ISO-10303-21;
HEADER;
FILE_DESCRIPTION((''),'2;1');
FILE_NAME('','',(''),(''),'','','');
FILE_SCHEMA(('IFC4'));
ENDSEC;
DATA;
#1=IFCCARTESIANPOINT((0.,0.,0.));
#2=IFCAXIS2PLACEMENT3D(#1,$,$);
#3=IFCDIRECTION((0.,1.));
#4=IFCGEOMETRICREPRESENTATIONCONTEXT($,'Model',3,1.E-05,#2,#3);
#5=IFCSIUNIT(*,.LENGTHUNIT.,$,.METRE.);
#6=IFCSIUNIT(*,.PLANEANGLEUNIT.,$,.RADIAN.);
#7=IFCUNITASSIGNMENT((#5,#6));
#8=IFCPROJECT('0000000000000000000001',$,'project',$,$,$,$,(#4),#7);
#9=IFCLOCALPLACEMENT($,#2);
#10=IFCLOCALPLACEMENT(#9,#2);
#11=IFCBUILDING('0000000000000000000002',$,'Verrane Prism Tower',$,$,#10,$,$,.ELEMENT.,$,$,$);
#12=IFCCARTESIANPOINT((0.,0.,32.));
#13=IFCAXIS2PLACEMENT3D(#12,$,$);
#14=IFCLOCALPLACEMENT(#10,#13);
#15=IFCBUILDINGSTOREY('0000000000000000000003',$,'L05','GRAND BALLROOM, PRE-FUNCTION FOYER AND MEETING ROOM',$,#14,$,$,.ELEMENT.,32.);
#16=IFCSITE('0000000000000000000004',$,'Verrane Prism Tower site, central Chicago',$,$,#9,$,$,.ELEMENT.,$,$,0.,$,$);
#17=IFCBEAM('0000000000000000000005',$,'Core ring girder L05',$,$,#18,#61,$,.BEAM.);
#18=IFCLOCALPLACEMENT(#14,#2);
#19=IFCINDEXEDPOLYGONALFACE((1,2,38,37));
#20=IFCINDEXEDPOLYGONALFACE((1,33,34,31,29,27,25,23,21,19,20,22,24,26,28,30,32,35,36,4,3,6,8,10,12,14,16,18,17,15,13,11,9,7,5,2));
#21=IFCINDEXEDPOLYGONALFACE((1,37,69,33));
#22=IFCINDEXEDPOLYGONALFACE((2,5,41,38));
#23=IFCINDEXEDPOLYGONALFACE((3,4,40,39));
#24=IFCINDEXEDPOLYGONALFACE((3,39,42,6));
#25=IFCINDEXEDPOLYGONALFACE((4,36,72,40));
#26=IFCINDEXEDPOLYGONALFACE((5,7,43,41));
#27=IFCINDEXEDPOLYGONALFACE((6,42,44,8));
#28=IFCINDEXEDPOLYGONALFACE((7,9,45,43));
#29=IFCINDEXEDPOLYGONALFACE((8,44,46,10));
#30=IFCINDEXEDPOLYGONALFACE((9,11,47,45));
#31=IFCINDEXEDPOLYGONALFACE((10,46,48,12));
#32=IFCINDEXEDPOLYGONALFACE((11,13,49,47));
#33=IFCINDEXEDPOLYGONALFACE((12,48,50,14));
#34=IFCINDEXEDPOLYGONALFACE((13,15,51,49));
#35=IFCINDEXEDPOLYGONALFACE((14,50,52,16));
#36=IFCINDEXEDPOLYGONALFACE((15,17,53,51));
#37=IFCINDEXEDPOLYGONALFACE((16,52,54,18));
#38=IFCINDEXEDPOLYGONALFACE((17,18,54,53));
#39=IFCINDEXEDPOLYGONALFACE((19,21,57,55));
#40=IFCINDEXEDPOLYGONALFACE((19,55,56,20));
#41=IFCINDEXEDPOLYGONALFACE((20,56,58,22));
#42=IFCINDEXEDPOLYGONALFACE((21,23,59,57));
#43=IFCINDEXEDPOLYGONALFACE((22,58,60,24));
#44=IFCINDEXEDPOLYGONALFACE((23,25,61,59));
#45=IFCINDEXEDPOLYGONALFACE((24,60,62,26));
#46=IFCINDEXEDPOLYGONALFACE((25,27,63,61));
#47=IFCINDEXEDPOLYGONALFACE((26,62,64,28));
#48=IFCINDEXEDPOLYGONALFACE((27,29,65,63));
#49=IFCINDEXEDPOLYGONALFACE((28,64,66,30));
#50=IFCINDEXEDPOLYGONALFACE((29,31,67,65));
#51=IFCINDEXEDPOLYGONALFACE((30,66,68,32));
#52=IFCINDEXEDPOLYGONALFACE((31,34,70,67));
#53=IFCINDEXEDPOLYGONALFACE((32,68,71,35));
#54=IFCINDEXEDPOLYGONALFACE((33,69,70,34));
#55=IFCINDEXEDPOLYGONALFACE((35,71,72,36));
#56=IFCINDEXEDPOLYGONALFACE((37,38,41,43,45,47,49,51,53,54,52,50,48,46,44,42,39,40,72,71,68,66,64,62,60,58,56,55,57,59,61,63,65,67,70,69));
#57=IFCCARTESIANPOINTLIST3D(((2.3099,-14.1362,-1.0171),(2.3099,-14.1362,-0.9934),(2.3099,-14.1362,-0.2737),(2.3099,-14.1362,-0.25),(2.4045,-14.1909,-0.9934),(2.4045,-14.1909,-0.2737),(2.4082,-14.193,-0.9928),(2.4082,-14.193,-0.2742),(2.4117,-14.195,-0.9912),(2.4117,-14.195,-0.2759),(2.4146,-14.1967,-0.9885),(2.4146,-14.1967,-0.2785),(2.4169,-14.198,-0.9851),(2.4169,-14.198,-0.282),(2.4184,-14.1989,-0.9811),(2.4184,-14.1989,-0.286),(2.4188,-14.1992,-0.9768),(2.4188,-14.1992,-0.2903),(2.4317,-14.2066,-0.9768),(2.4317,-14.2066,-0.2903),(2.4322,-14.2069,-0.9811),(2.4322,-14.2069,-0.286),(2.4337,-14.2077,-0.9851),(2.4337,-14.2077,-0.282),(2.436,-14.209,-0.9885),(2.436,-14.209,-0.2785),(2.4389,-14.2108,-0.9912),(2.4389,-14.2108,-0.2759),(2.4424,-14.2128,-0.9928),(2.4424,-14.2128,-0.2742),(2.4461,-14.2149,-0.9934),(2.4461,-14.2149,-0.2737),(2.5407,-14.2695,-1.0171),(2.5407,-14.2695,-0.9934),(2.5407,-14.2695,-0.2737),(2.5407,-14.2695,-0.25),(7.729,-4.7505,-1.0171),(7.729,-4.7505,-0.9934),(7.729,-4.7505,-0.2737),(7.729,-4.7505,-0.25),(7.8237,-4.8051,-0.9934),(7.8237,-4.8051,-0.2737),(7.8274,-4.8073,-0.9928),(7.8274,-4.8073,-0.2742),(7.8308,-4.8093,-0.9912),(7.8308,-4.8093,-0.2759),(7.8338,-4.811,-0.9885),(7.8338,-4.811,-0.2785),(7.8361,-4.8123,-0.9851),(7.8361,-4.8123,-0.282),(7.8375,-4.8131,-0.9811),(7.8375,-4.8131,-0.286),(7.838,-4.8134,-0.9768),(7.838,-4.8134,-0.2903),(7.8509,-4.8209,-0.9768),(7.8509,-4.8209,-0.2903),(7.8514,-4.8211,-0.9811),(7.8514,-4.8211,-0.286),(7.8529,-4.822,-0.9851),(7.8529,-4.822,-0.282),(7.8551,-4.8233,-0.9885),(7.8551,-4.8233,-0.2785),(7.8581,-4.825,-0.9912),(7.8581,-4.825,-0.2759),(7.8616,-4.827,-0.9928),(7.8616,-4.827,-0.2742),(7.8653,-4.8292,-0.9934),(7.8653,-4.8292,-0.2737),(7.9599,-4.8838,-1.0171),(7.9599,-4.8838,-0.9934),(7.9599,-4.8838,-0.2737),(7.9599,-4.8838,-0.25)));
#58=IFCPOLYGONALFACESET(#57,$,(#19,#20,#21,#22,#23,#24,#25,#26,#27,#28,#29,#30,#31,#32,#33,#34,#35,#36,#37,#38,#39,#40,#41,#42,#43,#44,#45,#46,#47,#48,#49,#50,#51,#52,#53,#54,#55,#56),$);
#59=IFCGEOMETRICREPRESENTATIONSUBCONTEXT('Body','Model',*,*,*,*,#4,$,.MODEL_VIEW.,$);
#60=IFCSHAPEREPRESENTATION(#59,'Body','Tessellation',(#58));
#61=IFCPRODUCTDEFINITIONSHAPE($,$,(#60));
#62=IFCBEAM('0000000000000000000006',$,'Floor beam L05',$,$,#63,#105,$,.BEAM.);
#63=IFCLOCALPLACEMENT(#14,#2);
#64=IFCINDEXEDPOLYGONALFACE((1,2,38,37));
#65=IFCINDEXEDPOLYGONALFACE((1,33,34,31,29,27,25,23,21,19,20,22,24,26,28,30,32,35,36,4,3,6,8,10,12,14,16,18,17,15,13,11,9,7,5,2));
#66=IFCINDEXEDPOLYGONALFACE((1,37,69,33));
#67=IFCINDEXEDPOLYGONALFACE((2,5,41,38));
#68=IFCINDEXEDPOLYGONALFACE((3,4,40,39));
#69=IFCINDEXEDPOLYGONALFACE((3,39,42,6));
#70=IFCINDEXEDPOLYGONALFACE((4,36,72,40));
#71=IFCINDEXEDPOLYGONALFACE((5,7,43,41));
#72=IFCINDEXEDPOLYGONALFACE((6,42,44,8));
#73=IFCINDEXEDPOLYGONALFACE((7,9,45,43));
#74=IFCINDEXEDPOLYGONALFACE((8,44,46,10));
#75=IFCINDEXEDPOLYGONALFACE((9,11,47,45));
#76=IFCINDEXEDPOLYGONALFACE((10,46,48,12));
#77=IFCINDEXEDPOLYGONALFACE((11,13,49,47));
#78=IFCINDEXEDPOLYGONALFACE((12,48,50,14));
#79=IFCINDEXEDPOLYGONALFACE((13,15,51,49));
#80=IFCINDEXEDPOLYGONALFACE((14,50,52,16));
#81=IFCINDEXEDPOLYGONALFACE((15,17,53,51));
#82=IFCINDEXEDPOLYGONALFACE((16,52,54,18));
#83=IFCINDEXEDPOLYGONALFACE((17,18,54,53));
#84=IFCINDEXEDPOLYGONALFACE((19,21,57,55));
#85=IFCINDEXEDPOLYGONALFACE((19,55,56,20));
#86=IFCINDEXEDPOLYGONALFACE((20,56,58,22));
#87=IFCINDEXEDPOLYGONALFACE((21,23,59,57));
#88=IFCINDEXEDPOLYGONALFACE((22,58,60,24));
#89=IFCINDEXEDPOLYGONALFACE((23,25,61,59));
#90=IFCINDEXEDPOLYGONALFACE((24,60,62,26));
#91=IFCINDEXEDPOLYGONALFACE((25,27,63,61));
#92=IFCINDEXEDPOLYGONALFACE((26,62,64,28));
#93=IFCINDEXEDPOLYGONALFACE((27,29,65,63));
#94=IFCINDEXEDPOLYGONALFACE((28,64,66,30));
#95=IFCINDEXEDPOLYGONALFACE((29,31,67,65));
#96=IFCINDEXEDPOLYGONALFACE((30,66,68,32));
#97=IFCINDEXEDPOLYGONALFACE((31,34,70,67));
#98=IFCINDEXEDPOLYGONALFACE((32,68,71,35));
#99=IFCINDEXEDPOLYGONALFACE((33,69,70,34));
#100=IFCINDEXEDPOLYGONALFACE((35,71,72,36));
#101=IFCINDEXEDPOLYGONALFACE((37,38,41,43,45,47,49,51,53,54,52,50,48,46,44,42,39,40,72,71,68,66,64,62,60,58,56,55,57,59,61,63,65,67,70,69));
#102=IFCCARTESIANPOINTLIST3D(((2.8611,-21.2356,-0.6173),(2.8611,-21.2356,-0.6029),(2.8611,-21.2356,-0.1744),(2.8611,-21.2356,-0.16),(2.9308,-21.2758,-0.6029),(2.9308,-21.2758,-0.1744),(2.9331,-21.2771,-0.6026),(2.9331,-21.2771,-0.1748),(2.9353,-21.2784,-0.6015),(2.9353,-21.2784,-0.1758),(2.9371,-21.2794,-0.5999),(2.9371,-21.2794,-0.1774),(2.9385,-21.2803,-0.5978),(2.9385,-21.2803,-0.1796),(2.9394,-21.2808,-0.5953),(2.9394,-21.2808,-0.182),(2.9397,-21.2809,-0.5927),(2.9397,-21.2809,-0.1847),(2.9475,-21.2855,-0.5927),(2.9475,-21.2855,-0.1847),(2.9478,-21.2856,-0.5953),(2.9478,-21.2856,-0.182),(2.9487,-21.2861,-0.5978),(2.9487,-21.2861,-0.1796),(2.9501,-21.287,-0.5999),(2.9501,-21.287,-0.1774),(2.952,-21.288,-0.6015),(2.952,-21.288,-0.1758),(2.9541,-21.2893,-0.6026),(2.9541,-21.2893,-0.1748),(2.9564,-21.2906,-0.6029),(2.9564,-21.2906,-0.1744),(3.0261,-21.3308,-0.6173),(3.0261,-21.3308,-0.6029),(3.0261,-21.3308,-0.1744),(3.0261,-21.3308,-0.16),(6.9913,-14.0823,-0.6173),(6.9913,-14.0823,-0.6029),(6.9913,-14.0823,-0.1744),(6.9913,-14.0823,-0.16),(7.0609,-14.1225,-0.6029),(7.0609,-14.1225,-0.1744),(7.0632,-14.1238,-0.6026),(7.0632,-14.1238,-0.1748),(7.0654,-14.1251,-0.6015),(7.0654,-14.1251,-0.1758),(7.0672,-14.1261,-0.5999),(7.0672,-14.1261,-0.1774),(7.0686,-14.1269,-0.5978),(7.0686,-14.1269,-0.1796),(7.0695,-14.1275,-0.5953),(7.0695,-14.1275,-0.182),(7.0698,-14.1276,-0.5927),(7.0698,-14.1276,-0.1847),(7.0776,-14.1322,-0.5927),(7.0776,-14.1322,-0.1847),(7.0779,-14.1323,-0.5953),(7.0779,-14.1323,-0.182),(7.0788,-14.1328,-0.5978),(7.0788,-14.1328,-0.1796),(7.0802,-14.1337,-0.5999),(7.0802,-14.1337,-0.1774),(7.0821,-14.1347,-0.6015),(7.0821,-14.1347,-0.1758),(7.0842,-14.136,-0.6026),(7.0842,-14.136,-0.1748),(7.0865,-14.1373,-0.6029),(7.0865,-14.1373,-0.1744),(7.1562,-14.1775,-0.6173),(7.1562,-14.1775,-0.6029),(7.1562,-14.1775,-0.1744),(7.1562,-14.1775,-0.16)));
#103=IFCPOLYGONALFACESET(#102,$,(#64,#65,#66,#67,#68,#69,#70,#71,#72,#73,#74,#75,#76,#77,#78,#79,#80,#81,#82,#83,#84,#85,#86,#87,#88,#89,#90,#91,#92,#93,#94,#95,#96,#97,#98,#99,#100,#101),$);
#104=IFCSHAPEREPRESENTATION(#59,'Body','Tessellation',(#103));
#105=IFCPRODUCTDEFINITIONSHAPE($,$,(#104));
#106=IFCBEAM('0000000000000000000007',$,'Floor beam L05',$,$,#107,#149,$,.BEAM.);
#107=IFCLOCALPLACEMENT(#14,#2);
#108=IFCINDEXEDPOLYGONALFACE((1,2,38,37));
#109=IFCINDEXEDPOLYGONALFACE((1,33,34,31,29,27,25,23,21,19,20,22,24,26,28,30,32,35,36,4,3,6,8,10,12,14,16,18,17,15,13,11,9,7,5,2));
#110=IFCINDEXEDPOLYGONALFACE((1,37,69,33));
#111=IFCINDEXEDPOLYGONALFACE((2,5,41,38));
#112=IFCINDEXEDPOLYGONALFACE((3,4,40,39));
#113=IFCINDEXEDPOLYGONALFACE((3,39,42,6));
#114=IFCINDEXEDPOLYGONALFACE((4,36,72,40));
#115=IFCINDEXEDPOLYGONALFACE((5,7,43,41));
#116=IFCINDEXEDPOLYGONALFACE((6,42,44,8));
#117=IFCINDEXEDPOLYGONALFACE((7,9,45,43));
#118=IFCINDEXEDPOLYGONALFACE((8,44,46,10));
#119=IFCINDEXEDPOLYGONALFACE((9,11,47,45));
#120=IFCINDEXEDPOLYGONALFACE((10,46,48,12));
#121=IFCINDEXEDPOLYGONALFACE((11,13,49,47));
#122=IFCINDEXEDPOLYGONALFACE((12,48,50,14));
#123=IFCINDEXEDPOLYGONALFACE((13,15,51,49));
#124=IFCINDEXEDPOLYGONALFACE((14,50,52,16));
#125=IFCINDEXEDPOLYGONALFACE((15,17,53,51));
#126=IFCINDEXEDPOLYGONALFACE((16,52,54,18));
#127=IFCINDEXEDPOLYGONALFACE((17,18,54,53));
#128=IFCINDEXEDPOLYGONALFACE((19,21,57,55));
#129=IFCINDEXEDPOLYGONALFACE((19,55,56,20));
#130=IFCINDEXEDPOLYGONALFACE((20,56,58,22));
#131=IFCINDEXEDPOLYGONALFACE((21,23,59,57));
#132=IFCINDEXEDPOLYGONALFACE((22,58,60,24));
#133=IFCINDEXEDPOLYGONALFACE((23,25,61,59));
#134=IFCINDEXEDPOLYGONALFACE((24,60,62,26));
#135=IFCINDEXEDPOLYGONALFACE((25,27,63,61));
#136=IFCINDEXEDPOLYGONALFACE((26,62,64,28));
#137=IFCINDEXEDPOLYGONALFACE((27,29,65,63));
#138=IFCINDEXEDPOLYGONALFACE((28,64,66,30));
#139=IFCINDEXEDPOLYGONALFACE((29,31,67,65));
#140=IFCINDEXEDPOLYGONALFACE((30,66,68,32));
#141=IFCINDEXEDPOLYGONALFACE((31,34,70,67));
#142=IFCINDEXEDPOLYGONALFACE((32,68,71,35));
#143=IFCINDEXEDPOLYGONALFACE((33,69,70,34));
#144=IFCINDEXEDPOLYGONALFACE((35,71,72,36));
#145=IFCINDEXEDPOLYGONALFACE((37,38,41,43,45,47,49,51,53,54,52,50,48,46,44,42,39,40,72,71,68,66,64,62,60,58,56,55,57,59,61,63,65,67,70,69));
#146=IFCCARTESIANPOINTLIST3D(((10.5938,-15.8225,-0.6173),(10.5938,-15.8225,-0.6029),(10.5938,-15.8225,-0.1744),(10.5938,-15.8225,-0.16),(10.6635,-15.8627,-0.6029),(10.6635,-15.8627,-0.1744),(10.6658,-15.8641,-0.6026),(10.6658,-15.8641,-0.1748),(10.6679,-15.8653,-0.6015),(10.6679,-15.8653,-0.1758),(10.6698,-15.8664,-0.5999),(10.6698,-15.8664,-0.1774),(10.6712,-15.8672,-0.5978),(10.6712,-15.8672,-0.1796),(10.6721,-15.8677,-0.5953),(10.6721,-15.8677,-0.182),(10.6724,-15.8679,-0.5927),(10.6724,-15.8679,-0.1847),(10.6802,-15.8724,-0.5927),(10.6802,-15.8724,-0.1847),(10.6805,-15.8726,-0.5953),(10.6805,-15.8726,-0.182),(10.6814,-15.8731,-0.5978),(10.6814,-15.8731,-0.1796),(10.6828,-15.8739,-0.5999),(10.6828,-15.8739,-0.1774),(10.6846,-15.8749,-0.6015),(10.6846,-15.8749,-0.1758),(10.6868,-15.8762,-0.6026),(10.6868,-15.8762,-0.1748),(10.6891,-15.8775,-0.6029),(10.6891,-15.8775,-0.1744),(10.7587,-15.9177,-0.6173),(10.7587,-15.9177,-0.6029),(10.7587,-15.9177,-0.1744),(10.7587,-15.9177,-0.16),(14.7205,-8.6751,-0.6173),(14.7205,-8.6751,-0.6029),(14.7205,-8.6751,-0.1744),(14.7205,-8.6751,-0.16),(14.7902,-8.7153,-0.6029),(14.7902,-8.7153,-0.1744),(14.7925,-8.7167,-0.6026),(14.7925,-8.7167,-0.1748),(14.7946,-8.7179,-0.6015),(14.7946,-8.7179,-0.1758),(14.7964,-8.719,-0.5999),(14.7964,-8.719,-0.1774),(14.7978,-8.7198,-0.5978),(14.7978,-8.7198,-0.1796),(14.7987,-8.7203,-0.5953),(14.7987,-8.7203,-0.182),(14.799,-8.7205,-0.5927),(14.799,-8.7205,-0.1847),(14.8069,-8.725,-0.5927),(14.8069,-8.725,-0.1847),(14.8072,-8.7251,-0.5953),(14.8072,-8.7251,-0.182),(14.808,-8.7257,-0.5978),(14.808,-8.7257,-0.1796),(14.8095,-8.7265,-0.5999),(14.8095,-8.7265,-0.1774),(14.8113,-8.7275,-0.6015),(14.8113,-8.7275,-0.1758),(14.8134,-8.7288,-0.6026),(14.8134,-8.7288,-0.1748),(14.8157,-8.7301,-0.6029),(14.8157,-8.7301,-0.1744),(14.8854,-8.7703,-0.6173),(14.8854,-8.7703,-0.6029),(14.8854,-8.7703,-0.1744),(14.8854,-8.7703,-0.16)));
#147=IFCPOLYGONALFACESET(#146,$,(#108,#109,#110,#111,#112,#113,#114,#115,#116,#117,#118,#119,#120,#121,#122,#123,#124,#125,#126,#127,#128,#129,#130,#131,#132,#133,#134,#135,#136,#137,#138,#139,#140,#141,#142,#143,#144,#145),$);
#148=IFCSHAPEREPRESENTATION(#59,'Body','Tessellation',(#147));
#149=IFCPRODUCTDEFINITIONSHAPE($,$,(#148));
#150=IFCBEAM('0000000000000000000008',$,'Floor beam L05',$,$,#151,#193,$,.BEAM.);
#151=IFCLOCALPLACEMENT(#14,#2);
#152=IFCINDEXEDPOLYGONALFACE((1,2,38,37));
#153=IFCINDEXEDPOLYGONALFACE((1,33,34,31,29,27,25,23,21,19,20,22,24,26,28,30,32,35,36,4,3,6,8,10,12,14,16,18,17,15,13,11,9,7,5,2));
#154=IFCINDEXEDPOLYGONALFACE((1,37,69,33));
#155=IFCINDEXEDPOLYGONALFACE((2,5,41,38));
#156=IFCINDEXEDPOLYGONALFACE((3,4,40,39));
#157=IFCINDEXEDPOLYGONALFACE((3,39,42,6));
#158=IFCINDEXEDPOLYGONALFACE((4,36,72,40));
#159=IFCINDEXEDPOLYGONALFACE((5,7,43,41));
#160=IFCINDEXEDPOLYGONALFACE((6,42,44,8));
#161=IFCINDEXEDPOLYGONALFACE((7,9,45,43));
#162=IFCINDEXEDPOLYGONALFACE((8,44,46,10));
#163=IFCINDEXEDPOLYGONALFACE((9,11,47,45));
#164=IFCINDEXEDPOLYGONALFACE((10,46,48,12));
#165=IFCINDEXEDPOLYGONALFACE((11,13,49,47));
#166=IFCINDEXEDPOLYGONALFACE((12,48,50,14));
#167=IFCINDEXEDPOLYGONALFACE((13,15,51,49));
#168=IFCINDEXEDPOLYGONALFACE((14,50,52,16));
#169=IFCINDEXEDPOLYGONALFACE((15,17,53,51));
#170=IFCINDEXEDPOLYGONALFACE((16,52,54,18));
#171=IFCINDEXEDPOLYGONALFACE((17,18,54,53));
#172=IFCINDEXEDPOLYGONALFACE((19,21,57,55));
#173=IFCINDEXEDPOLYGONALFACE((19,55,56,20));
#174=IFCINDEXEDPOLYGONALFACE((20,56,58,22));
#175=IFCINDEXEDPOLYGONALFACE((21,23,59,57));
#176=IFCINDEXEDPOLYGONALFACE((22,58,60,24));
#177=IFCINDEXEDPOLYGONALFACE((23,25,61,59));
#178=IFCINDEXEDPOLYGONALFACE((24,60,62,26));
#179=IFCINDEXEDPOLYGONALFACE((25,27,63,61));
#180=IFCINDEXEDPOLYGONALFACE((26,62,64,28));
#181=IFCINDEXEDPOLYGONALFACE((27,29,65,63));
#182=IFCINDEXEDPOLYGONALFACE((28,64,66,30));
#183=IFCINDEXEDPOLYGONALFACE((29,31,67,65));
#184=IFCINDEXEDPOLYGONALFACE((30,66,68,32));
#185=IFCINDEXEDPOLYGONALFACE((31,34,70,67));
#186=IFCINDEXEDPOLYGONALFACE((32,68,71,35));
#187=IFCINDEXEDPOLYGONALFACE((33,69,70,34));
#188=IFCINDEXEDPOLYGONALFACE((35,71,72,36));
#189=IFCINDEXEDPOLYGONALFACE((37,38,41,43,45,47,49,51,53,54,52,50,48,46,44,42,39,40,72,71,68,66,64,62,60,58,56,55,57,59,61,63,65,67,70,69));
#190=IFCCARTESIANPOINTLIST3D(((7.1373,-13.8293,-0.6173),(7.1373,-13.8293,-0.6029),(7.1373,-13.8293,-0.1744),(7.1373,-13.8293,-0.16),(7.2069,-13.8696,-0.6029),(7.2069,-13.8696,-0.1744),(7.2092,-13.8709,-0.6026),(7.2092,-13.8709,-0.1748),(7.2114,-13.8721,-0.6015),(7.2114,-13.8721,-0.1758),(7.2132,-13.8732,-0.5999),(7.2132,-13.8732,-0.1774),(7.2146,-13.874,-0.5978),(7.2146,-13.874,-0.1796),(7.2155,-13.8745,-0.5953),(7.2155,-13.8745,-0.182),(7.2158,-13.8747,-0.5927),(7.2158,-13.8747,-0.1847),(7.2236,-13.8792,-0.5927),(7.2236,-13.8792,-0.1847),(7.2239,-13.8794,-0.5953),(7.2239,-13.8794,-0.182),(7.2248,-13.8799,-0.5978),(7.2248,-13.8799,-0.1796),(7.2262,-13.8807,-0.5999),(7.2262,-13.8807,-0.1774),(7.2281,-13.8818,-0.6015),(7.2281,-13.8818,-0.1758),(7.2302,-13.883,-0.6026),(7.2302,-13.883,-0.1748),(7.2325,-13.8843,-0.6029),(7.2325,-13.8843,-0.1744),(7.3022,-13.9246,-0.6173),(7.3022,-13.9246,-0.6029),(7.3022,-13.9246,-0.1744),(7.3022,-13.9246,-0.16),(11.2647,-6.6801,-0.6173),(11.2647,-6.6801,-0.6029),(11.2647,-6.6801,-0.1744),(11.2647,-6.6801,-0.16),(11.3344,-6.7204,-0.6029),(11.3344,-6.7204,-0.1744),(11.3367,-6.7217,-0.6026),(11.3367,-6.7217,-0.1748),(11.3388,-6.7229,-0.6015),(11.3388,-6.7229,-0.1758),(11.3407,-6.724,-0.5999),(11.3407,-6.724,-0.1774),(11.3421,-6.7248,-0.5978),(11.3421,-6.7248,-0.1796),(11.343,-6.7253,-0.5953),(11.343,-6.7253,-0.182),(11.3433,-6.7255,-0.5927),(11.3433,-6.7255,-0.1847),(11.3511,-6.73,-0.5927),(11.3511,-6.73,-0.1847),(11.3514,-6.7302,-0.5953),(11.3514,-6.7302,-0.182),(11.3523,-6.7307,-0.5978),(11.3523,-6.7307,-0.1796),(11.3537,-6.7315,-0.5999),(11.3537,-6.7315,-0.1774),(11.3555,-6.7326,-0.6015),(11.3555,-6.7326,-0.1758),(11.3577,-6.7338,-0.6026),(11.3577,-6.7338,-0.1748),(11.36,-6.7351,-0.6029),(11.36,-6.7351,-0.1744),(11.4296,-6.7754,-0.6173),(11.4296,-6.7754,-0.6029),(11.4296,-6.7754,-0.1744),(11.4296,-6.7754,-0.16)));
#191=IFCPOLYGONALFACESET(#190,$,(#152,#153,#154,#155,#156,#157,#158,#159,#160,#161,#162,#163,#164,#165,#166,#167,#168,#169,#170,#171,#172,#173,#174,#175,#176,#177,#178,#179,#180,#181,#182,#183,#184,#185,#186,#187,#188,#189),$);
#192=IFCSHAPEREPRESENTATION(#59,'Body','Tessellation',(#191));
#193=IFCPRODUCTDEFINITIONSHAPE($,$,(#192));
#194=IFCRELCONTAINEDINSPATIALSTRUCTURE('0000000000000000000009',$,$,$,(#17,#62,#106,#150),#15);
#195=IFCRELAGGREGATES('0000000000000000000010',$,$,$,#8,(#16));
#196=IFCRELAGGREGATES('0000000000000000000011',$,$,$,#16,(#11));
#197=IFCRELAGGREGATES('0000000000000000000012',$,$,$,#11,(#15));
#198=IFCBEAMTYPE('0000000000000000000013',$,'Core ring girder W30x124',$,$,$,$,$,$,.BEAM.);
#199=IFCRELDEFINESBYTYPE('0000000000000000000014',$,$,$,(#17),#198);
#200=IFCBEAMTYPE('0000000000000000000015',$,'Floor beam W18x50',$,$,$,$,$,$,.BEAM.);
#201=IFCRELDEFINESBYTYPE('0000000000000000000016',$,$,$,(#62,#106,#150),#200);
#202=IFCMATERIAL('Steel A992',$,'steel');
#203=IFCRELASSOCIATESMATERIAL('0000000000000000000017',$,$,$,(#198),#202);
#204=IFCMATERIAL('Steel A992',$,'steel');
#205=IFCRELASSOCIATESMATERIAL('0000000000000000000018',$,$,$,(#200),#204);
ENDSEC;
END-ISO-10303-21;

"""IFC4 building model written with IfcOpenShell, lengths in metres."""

from ifc_helpers import new_model, si_unit, direction, frame, origin, origin_2d, place, context, subcontext, project, spatial, i_section, extrude, material, material_profile, profile_set, type_object, element, save


model = new_model("IFC4")

# Units and contexts
model_context = context("Model", 3, precision=1e-05, world=origin(), true_north=direction((0.0, 1.0)))
body_context = subcontext(model_context, "Body", "Model", "MODEL_VIEW")
ifc_project = project(units=[si_unit("LENGTHUNIT", "METRE"), si_unit("PLANEANGLEUNIT", "RADIAN")], contexts=[model_context])

# Site, building, storey
site_placement = place(None, origin())
site = spatial("IfcSite", under=ifc_project, at=site_placement, Name="Verrane Prism Tower site, central Chicago", CompositionType="ELEMENT", RefElevation=0.0)
building_placement = place(site_placement, origin())
building = spatial("IfcBuilding", under=site, at=building_placement, Name="Verrane Prism Tower", CompositionType="ELEMENT")
storey_placement = place(building_placement, frame((0.0, 0.0, 32.0)))
storey = spatial("IfcBuildingStorey", under=building, at=storey_placement, Name="L05", Description="GRAND BALLROOM, PRE-FUNCTION FOYER AND MEETING ROOM", CompositionType="ELEMENT", Elevation=32.0)

# Beams
ifc_material_1 = material(Name="Steel A992", Category="steel")
ifc_material_profile_1 = material_profile(ifc_material_1, i_section(OverallWidth=0.2666, OverallDepth=0.7671, WebThickness=0.0149, FlangeThickness=0.0237, FilletRadius=0.0166, at=origin_2d()), Name="W30x124")
ifc_profile_set_1 = profile_set([ifc_material_profile_1], Name="Steel A992")
beam_type_1 = type_object("IfcBeamType", Name="Core ring girder W30x124", PredefinedType="BEAM", material=ifc_profile_set_1)
beam_1_placement = place(storey_placement, frame((2.4253, -14.2029, -0.6335), z_axis=(0.500023, 0.866012, 0.0), x_axis=(-0.866012, 0.500023, 0.0)))
element("IfcBeam", 1, at=beam_1_placement, inside=storey, type_object=beam_type_1, Name="Core ring girder L05", PredefinedType="BEAM", context=body_context, shape_type="SweptSolid", body=[
    extrude(i_section(OverallWidth=0.2666, OverallDepth=0.7671, WebThickness=0.0149, FlangeThickness=0.0237, FilletRadius=0.0166, at=origin_2d()), origin(), (0.0, 0.0, 1.0), 10.8379),
])
ifc_material_2 = material(Name="Steel A992", Category="steel")
ifc_material_profile_2 = material_profile(ifc_material_2, i_section(OverallWidth=0.1904, OverallDepth=0.4573, WebThickness=0.009, FlangeThickness=0.0144, FilletRadius=0.0103, at=origin_2d()), Name="W18x50")
ifc_profile_set_2 = profile_set([ifc_material_profile_2], Name="Steel A992")
beam_type_2 = type_object("IfcBeamType", Name="Floor beam W18x50", PredefinedType="BEAM", material=ifc_profile_set_2)
beam_2_placement = place(storey_placement, frame((2.9436, -21.2832, -0.3887), z_axis=(0.500014, 0.866017, 0.0), x_axis=(-0.866017, 0.500014, 0.0)))
element("IfcBeam", 2, at=beam_2_placement, inside=storey, type_object=beam_type_2, Name="Floor beam L05", PredefinedType="BEAM", context=body_context, shape_type="SweptSolid", body=[
    extrude(i_section(OverallWidth=0.1904, OverallDepth=0.4573, WebThickness=0.009, FlangeThickness=0.0144, FilletRadius=0.0103, at=origin_2d()), origin(), (0.0, 0.0, 1.0), 8.26),
])
beam_3_placement = place(storey_placement, frame((10.6763, -15.8701, -0.3887), z_axis=(0.500011, 0.866019, 0.0), x_axis=(-0.866019, 0.500011, 0.0)))
element("IfcBeam", 3, at=beam_3_placement, inside=storey, type_object=beam_type_2, Name="Floor beam L05", PredefinedType="BEAM", context=body_context, shape_type="SweptSolid", body=[
    extrude(i_section(OverallWidth=0.1904, OverallDepth=0.4573, WebThickness=0.009, FlangeThickness=0.0144, FilletRadius=0.0103, at=origin_2d()), origin(), (0.0, 0.0, 1.0), 8.2532),
])
beam_4_placement = place(storey_placement, frame((7.2197, -13.877, -0.3887), z_axis=(0.499988, 0.866032, 0.0), x_axis=(-0.866032, 0.499988, 0.0)))
element("IfcBeam", 4, at=beam_4_placement, inside=storey, type_object=beam_type_2, Name="Floor beam L05", PredefinedType="BEAM", context=body_context, shape_type="SweptSolid", body=[
    extrude(i_section(OverallWidth=0.1904, OverallDepth=0.4573, WebThickness=0.009, FlangeThickness=0.0144, FilletRadius=0.0103, at=origin_2d()), origin(), (0.0, 0.0, 1.0), 8.2551),
])

save(model, "model.ifc")
